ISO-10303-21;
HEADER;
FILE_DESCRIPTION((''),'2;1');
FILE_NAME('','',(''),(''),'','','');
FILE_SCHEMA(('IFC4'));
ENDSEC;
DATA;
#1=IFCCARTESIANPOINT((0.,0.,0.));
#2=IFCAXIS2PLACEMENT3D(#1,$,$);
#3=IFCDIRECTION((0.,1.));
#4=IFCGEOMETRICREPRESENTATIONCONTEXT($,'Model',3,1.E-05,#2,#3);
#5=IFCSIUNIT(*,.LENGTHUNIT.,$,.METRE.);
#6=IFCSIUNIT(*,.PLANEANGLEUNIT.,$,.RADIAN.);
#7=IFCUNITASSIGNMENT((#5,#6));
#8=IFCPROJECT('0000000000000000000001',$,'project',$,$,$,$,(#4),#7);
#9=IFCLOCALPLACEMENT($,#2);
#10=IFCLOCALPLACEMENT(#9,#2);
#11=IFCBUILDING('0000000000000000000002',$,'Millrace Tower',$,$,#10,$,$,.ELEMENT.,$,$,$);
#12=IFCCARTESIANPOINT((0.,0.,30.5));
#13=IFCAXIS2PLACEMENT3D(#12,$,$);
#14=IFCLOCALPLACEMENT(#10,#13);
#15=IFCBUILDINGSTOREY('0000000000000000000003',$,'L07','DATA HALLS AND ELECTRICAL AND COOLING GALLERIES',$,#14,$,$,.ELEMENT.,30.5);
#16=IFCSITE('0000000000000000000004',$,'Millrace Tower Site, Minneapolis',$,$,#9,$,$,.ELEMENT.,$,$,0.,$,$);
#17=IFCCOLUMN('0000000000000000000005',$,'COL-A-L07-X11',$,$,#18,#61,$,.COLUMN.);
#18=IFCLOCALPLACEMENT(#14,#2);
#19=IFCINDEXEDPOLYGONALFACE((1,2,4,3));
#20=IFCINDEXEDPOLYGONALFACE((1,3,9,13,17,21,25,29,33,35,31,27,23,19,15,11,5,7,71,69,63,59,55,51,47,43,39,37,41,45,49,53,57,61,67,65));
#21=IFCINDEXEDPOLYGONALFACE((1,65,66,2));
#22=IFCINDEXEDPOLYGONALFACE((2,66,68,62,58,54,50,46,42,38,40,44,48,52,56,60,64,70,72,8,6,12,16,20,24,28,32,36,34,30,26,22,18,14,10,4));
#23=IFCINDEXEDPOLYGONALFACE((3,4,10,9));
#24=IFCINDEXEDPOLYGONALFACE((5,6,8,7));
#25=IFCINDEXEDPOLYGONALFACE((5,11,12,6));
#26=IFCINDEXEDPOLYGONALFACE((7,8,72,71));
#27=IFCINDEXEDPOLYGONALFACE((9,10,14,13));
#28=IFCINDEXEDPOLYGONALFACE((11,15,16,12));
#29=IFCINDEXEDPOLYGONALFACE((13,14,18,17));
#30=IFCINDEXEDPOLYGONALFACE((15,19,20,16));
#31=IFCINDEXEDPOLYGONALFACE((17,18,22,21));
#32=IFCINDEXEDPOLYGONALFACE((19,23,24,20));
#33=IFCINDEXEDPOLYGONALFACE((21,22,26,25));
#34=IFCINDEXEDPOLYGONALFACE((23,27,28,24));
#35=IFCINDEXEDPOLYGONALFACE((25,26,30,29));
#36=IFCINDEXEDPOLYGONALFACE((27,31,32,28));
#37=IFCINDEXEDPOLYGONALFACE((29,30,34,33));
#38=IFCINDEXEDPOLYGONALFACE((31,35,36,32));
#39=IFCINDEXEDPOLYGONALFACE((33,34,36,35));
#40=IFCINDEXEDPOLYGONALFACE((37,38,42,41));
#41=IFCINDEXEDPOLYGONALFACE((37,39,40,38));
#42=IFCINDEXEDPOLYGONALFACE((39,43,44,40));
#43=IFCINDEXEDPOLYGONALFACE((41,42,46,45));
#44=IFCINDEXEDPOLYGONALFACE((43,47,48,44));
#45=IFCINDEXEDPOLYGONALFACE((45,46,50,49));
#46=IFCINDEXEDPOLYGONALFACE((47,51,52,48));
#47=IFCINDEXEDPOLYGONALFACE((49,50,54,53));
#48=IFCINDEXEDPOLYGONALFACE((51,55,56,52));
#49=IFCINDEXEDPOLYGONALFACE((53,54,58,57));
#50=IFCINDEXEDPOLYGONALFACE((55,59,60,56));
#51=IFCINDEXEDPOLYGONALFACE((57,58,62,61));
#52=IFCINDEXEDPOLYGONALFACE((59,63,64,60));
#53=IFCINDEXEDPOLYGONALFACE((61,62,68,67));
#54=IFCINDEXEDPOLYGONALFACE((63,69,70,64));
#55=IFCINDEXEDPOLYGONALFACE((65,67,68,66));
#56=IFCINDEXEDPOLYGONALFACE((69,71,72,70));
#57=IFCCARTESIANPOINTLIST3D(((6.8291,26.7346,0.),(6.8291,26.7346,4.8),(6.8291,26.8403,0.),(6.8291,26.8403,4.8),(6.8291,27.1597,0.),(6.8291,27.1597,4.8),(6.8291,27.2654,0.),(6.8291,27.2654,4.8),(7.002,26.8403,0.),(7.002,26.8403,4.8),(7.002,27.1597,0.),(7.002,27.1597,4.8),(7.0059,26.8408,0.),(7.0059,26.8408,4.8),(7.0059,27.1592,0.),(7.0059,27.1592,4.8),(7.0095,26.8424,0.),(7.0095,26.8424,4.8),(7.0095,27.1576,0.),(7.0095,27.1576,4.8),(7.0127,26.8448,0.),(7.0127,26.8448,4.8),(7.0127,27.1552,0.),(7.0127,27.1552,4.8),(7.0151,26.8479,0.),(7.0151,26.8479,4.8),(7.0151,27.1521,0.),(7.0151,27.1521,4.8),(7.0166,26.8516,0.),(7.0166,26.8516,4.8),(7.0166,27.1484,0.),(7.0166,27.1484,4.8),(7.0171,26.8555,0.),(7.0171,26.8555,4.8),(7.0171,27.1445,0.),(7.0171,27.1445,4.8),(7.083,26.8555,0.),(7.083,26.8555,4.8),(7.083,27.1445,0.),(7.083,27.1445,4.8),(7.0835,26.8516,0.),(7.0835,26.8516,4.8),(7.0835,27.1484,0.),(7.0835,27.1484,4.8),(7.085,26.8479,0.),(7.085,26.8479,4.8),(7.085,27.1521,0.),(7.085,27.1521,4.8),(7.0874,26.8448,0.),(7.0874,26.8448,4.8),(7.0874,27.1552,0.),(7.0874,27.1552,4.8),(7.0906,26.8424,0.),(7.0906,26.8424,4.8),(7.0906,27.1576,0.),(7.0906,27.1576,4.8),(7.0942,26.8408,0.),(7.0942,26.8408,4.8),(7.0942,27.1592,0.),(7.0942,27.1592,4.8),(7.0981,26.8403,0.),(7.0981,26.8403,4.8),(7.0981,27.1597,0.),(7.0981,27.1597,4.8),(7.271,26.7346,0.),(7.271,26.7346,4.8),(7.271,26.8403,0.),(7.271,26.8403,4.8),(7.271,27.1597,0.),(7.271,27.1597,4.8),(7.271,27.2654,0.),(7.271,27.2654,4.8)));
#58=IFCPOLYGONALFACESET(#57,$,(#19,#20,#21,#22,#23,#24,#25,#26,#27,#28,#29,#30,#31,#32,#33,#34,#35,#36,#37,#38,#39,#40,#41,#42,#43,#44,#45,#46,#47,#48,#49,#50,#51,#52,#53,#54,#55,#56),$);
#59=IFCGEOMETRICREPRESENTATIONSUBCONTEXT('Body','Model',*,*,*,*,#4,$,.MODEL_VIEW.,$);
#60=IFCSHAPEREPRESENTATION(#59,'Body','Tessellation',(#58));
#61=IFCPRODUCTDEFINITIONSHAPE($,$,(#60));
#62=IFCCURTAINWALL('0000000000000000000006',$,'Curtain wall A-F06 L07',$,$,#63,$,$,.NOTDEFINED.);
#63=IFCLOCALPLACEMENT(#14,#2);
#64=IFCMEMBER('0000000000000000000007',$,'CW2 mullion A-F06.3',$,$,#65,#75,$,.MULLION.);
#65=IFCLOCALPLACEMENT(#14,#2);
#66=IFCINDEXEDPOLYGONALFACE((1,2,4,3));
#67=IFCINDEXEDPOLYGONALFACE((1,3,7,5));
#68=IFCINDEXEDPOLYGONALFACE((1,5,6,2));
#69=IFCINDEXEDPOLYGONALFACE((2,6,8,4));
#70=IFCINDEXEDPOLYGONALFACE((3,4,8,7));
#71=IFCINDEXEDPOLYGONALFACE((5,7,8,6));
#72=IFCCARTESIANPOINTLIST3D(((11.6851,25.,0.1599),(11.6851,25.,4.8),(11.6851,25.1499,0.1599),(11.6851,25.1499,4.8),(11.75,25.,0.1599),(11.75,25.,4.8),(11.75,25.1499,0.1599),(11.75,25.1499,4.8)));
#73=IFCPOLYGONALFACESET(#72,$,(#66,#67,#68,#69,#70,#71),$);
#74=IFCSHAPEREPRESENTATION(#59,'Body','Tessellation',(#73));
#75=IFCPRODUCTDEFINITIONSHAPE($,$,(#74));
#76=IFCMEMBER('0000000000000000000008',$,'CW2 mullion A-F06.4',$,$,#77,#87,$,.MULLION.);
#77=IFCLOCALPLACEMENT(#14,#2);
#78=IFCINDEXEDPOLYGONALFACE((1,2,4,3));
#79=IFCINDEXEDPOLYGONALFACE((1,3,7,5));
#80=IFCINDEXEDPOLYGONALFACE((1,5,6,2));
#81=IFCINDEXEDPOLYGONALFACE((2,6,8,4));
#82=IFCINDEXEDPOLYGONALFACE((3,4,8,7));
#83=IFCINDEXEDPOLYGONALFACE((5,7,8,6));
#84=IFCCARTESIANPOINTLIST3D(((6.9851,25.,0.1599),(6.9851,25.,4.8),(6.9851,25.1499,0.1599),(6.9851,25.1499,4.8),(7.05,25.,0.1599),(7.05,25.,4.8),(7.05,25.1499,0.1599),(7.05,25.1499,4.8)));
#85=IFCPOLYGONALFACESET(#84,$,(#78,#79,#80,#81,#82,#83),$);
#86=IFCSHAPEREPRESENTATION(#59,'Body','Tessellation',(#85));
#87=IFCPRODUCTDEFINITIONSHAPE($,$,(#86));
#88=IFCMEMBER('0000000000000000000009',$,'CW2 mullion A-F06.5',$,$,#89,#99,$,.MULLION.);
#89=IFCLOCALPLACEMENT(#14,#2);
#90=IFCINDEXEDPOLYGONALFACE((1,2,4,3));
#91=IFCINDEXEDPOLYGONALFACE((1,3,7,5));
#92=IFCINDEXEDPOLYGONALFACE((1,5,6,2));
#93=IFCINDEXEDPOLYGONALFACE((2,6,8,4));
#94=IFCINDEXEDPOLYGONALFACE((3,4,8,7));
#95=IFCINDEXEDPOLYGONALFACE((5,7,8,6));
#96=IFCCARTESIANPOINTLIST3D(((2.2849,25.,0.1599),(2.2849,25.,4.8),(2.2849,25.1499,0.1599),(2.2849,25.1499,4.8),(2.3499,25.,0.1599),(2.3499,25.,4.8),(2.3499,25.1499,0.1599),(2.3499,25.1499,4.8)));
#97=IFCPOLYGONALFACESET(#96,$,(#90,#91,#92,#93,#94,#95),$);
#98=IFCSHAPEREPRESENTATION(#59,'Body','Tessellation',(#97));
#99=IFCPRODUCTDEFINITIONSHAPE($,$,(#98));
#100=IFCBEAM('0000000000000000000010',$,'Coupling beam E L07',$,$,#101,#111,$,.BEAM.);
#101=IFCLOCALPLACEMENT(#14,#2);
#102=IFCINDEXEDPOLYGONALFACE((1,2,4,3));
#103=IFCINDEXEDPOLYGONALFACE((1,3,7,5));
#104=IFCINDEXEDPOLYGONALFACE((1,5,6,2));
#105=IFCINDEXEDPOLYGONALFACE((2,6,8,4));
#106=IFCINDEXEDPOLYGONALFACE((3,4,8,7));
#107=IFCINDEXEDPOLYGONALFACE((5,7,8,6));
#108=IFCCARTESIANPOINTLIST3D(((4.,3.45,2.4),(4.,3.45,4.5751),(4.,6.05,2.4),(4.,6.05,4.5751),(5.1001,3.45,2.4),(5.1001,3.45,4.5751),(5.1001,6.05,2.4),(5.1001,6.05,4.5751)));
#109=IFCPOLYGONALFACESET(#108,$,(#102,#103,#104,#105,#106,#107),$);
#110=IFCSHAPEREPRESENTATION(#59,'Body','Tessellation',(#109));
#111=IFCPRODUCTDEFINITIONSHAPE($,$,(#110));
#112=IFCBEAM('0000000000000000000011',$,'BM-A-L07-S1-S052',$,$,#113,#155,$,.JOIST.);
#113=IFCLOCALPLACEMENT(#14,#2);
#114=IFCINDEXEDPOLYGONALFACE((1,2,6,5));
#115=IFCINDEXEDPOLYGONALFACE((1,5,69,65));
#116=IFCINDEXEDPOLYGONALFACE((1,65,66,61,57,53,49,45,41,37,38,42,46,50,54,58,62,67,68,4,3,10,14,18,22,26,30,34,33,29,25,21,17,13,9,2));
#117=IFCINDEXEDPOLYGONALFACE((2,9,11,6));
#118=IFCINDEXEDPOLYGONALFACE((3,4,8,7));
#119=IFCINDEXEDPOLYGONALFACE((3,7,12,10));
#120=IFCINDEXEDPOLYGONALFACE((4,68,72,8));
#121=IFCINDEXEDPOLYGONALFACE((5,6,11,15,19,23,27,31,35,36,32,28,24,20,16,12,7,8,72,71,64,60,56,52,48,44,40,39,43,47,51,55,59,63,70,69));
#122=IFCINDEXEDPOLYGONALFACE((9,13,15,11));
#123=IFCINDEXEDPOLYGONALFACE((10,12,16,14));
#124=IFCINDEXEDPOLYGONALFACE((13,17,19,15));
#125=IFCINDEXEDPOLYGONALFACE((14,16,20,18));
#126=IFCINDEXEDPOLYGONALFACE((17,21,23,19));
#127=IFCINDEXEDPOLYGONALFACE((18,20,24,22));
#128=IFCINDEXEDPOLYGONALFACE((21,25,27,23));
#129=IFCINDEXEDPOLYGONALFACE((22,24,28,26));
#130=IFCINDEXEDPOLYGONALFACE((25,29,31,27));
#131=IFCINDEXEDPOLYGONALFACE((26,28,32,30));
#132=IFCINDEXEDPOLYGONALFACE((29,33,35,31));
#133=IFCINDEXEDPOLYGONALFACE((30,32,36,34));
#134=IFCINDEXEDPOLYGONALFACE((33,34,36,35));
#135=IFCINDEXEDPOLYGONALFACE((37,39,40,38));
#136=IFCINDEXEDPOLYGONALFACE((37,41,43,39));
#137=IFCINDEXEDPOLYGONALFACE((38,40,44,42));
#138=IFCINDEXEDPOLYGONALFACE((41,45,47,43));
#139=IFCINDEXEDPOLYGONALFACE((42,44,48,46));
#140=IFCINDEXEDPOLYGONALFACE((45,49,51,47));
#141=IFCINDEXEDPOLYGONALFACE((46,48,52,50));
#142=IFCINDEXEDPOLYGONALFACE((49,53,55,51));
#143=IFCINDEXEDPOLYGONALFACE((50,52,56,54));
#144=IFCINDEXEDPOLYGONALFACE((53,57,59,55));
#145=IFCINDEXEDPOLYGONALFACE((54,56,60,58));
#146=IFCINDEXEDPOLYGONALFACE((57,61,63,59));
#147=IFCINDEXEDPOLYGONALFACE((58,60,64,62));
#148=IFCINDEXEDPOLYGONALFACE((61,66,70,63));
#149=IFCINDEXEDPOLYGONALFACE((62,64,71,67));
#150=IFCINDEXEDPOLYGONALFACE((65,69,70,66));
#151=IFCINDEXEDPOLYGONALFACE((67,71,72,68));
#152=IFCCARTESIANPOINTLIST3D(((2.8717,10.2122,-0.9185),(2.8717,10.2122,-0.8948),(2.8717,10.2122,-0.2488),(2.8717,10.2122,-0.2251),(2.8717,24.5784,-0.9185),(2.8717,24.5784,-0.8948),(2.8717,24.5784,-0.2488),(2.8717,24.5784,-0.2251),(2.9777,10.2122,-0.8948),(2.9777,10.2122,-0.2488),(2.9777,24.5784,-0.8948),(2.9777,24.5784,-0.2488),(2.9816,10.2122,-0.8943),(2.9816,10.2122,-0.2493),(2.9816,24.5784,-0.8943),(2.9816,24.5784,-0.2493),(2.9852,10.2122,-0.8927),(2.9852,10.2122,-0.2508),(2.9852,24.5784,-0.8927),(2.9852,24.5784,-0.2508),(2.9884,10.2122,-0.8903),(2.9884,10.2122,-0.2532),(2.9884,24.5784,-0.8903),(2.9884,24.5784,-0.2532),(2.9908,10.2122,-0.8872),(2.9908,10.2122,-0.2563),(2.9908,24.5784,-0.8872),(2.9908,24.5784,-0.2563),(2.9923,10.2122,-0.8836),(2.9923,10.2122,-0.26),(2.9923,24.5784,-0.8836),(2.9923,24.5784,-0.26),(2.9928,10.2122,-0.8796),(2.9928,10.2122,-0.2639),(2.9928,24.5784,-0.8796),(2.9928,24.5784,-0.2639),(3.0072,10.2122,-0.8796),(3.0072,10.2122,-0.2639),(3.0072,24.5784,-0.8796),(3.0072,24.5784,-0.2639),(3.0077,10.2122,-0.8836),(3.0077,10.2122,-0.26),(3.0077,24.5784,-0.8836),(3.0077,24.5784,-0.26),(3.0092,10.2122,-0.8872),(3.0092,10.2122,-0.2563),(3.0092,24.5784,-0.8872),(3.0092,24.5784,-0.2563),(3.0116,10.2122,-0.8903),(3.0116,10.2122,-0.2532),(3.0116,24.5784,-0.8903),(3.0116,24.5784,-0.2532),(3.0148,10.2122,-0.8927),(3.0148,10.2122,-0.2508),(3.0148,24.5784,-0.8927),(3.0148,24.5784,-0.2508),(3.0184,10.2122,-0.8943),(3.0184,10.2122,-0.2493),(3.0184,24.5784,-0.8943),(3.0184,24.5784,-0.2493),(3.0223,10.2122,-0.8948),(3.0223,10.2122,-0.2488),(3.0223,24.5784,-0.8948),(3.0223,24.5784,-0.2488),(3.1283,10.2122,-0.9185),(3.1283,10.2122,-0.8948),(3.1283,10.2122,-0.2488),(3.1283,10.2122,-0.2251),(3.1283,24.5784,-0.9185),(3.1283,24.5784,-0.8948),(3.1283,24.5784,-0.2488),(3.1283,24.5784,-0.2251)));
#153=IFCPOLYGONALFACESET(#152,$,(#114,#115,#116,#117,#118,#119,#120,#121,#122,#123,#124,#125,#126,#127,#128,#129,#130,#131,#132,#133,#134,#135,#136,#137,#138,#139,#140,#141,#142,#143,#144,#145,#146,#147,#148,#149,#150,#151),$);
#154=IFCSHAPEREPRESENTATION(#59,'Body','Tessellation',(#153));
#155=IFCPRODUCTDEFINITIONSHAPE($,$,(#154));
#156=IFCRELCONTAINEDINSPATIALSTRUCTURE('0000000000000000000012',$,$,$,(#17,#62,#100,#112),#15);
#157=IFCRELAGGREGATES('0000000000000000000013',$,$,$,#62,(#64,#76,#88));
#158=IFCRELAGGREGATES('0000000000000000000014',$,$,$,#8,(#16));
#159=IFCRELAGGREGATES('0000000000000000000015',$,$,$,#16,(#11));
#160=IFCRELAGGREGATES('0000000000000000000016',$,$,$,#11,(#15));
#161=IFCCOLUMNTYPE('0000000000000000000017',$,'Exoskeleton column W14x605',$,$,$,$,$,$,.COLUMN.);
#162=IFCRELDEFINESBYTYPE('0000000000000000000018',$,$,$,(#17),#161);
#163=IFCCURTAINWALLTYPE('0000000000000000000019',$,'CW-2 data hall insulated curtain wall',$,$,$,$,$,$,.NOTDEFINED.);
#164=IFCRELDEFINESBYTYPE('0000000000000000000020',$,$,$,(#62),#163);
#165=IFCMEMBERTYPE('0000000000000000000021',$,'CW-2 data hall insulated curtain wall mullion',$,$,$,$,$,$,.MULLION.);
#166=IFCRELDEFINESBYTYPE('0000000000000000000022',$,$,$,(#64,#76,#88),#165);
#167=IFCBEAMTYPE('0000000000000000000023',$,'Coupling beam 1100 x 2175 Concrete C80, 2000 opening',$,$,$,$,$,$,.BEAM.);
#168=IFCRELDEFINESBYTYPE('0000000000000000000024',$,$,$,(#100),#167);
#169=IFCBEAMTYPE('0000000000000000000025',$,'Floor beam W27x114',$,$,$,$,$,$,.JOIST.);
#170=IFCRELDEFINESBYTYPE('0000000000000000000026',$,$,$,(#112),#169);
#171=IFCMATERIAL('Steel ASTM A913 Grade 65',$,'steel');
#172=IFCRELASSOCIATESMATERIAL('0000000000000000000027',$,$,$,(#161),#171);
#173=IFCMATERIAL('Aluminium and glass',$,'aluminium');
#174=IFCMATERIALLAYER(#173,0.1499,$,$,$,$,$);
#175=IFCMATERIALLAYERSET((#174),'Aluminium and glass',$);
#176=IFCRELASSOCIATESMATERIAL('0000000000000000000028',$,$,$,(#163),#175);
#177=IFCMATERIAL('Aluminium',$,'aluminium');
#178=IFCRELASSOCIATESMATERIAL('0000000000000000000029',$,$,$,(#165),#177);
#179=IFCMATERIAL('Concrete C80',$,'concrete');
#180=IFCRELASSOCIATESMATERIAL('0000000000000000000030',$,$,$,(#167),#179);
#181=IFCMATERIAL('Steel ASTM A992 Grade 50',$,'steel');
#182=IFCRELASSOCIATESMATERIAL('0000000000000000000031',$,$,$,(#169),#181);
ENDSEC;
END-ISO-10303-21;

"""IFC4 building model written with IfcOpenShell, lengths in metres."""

from ifc_helpers import new_model, si_unit, direction, frame, origin, origin_2d, place, context, subcontext, project, spatial, rectangle, i_section, extrude, material, layer, layer_set, material_profile, profile_set, type_object, element, aggregate, save


model = new_model("IFC4")

# Units and contexts
model_context = context("Model", 3, precision=1e-05, world=origin(), true_north=direction((0.0, 1.0)))
body_context = subcontext(model_context, "Body", "Model", "MODEL_VIEW")
ifc_project = project(units=[si_unit("LENGTHUNIT", "METRE"), si_unit("PLANEANGLEUNIT", "RADIAN")], contexts=[model_context])

# Site, building, storey
site_placement = place(None, origin())
site = spatial("IfcSite", under=ifc_project, at=site_placement, Name="Millrace Tower Site, Minneapolis", CompositionType="ELEMENT", RefElevation=0.0)
building_placement = place(site_placement, origin())
building = spatial("IfcBuilding", under=site, at=building_placement, Name="Millrace Tower", CompositionType="ELEMENT")
storey_placement = place(building_placement, frame((0.0, 0.0, 30.5)))
storey = spatial("IfcBuildingStorey", under=building, at=storey_placement, Name="L07", Description="DATA HALLS AND ELECTRICAL AND COOLING GALLERIES", CompositionType="ELEMENT", Elevation=30.5)

# Column
ifc_material_1 = material(Name="Steel ASTM A913 Grade 65", Category="steel")
ifc_material_profile_1 = material_profile(ifc_material_1, i_section(OverallWidth=0.4419, OverallDepth=0.5308, WebThickness=0.0659, FlangeThickness=0.1057, FilletRadius=0.0151, at=origin_2d()))
ifc_profile_set_1 = profile_set([ifc_material_profile_1], Name="Steel ASTM A913 Grade 65")
column_type = type_object("IfcColumnType", Name="Exoskeleton column W14x605", PredefinedType="COLUMN", material=ifc_profile_set_1)
column_placement = place(storey_placement, frame((7.05, 27.0, 0.0), z_axis=(0.0, 0.0, 1.0), x_axis=(-1.0, 0.0, 0.0)))
element("IfcColumn", 1, at=column_placement, inside=storey, type_object=column_type, Name="COL-A-L07-X11", PredefinedType="COLUMN", context=body_context, shape_type="SweptSolid", body=[
    extrude(i_section(OverallWidth=0.4419, OverallDepth=0.5308, WebThickness=0.0659, FlangeThickness=0.1057, FilletRadius=0.0151, at=origin_2d()), origin(), (0.0, 0.0, 1.0), 4.8),
])

# Curtain wall, members
ifc_material_2 = material(Name="Aluminium and glass", Category="aluminium")
ifc_layer_1 = layer(ifc_material_2, 0.1499)
ifc_layer_set_1 = layer_set([ifc_layer_1], Name="Aluminium and glass")
curtain_wall_type = type_object("IfcCurtainWallType", Name="CW-2 data hall insulated curtain wall", PredefinedType="NOTDEFINED", material=ifc_layer_set_1)
curtain_wall_placement = place(storey_placement, origin())
curtain_wall = element("IfcCurtainWall", 2, at=curtain_wall_placement, inside=storey, type_object=curtain_wall_type, Name="Curtain wall A-F06 L07", PredefinedType="NOTDEFINED")
ifc_material_3 = material(Name="Aluminium", Category="aluminium")
ifc_material_profile_2 = material_profile(ifc_material_3, rectangle(XDim=0.0649, YDim=0.1499, at=origin_2d()))
ifc_profile_set_2 = profile_set([ifc_material_profile_2], Name="Aluminium")
member_type = type_object("IfcMemberType", Name="CW-2 data hall insulated curtain wall mullion", PredefinedType="MULLION", material=ifc_profile_set_2)
member_1_placement = place(storey_placement, frame((11.7175, 25.075, 0.1599), z_axis=(0.0, 0.0, 1.0), x_axis=(-1.0, 0.0, 0.0)))
member_1 = element("IfcMember", 3, at=member_1_placement, type_object=member_type, Name="CW2 mullion A-F06.3", PredefinedType="MULLION", context=body_context, shape_type="SweptSolid", body=[
    extrude(rectangle(XDim=0.0649, YDim=0.1499, at=origin_2d()), origin(), (0.0, 0.0, 1.0), 4.6401),
])
member_2_placement = place(storey_placement, frame((7.0176, 25.075, 0.1599), z_axis=(0.0, 0.0, 1.0), x_axis=(-1.0, 0.0, 0.0)))
member_2 = element("IfcMember", 4, at=member_2_placement, type_object=member_type, Name="CW2 mullion A-F06.4", PredefinedType="MULLION", context=body_context, shape_type="SweptSolid", body=[
    extrude(rectangle(XDim=0.0649, YDim=0.1499, at=origin_2d()), origin(), (0.0, 0.0, 1.0), 4.6401),
])
member_3_placement = place(storey_placement, frame((2.3174, 25.075, 0.1599), z_axis=(0.0, 0.0, 1.0), x_axis=(-1.0, 0.0, 0.0)))
member_3 = element("IfcMember", 5, at=member_3_placement, type_object=member_type, Name="CW2 mullion A-F06.5", PredefinedType="MULLION", context=body_context, shape_type="SweptSolid", body=[
    extrude(rectangle(XDim=0.0649, YDim=0.1499, at=origin_2d()), origin(), (0.0, 0.0, 1.0), 4.6401),
])
aggregate(curtain_wall, [member_1, member_2, member_3])

# Beams
ifc_material_4 = material(Name="Concrete C80", Category="concrete")
ifc_material_profile_3 = material_profile(ifc_material_4, rectangle(XDim=1.1001, YDim=2.175, at=origin_2d()))
ifc_profile_set_3 = profile_set([ifc_material_profile_3], Name="Concrete C80")
beam_type_1 = type_object("IfcBeamType", Name="Coupling beam 1100 x 2175 Concrete C80, 2000 opening", PredefinedType="BEAM", material=ifc_profile_set_3)
beam_1_placement = place(storey_placement, frame((4.55, 6.05, 3.4875), z_axis=(0.0, -1.0, 0.0), x_axis=(1.0, 0.0, 0.0)))
element("IfcBeam", 6, at=beam_1_placement, inside=storey, type_object=beam_type_1, Name="Coupling beam E L07", PredefinedType="BEAM", context=body_context, shape_type="SweptSolid", body=[
    extrude(rectangle(XDim=1.1001, YDim=2.175, at=origin_2d()), origin(), (0.0, 0.0, 1.0), 2.6001),
])
ifc_material_5 = material(Name="Steel ASTM A992 Grade 50", Category="steel")
ifc_material_profile_4 = material_profile(ifc_material_5, i_section(OverallWidth=0.2566, OverallDepth=0.6934, WebThickness=0.0144, FlangeThickness=0.0237, FilletRadius=0.0151, at=origin_2d()))
ifc_profile_set_4 = profile_set([ifc_material_profile_4], Name="Steel ASTM A992 Grade 50")
beam_type_2 = type_object("IfcBeamType", Name="Floor beam W27x114", PredefinedType="JOIST", material=ifc_profile_set_4)
beam_2_placement = place(storey_placement, frame((3.0, 10.2122, -0.5718), z_axis=(0.0, 1.0, 0.0), x_axis=(-1.0, 0.0, 0.0)))
element("IfcBeam", 7, at=beam_2_placement, inside=storey, type_object=beam_type_2, Name="BM-A-L07-S1-S052", PredefinedType="JOIST", context=body_context, shape_type="SweptSolid", body=[
    extrude(i_section(OverallWidth=0.2566, OverallDepth=0.6934, WebThickness=0.0144, FlangeThickness=0.0237, FilletRadius=0.0151, at=origin_2d()), origin(), (0.0, 0.0, 1.0), 14.3662),
])

save(model, "model.ifc")
